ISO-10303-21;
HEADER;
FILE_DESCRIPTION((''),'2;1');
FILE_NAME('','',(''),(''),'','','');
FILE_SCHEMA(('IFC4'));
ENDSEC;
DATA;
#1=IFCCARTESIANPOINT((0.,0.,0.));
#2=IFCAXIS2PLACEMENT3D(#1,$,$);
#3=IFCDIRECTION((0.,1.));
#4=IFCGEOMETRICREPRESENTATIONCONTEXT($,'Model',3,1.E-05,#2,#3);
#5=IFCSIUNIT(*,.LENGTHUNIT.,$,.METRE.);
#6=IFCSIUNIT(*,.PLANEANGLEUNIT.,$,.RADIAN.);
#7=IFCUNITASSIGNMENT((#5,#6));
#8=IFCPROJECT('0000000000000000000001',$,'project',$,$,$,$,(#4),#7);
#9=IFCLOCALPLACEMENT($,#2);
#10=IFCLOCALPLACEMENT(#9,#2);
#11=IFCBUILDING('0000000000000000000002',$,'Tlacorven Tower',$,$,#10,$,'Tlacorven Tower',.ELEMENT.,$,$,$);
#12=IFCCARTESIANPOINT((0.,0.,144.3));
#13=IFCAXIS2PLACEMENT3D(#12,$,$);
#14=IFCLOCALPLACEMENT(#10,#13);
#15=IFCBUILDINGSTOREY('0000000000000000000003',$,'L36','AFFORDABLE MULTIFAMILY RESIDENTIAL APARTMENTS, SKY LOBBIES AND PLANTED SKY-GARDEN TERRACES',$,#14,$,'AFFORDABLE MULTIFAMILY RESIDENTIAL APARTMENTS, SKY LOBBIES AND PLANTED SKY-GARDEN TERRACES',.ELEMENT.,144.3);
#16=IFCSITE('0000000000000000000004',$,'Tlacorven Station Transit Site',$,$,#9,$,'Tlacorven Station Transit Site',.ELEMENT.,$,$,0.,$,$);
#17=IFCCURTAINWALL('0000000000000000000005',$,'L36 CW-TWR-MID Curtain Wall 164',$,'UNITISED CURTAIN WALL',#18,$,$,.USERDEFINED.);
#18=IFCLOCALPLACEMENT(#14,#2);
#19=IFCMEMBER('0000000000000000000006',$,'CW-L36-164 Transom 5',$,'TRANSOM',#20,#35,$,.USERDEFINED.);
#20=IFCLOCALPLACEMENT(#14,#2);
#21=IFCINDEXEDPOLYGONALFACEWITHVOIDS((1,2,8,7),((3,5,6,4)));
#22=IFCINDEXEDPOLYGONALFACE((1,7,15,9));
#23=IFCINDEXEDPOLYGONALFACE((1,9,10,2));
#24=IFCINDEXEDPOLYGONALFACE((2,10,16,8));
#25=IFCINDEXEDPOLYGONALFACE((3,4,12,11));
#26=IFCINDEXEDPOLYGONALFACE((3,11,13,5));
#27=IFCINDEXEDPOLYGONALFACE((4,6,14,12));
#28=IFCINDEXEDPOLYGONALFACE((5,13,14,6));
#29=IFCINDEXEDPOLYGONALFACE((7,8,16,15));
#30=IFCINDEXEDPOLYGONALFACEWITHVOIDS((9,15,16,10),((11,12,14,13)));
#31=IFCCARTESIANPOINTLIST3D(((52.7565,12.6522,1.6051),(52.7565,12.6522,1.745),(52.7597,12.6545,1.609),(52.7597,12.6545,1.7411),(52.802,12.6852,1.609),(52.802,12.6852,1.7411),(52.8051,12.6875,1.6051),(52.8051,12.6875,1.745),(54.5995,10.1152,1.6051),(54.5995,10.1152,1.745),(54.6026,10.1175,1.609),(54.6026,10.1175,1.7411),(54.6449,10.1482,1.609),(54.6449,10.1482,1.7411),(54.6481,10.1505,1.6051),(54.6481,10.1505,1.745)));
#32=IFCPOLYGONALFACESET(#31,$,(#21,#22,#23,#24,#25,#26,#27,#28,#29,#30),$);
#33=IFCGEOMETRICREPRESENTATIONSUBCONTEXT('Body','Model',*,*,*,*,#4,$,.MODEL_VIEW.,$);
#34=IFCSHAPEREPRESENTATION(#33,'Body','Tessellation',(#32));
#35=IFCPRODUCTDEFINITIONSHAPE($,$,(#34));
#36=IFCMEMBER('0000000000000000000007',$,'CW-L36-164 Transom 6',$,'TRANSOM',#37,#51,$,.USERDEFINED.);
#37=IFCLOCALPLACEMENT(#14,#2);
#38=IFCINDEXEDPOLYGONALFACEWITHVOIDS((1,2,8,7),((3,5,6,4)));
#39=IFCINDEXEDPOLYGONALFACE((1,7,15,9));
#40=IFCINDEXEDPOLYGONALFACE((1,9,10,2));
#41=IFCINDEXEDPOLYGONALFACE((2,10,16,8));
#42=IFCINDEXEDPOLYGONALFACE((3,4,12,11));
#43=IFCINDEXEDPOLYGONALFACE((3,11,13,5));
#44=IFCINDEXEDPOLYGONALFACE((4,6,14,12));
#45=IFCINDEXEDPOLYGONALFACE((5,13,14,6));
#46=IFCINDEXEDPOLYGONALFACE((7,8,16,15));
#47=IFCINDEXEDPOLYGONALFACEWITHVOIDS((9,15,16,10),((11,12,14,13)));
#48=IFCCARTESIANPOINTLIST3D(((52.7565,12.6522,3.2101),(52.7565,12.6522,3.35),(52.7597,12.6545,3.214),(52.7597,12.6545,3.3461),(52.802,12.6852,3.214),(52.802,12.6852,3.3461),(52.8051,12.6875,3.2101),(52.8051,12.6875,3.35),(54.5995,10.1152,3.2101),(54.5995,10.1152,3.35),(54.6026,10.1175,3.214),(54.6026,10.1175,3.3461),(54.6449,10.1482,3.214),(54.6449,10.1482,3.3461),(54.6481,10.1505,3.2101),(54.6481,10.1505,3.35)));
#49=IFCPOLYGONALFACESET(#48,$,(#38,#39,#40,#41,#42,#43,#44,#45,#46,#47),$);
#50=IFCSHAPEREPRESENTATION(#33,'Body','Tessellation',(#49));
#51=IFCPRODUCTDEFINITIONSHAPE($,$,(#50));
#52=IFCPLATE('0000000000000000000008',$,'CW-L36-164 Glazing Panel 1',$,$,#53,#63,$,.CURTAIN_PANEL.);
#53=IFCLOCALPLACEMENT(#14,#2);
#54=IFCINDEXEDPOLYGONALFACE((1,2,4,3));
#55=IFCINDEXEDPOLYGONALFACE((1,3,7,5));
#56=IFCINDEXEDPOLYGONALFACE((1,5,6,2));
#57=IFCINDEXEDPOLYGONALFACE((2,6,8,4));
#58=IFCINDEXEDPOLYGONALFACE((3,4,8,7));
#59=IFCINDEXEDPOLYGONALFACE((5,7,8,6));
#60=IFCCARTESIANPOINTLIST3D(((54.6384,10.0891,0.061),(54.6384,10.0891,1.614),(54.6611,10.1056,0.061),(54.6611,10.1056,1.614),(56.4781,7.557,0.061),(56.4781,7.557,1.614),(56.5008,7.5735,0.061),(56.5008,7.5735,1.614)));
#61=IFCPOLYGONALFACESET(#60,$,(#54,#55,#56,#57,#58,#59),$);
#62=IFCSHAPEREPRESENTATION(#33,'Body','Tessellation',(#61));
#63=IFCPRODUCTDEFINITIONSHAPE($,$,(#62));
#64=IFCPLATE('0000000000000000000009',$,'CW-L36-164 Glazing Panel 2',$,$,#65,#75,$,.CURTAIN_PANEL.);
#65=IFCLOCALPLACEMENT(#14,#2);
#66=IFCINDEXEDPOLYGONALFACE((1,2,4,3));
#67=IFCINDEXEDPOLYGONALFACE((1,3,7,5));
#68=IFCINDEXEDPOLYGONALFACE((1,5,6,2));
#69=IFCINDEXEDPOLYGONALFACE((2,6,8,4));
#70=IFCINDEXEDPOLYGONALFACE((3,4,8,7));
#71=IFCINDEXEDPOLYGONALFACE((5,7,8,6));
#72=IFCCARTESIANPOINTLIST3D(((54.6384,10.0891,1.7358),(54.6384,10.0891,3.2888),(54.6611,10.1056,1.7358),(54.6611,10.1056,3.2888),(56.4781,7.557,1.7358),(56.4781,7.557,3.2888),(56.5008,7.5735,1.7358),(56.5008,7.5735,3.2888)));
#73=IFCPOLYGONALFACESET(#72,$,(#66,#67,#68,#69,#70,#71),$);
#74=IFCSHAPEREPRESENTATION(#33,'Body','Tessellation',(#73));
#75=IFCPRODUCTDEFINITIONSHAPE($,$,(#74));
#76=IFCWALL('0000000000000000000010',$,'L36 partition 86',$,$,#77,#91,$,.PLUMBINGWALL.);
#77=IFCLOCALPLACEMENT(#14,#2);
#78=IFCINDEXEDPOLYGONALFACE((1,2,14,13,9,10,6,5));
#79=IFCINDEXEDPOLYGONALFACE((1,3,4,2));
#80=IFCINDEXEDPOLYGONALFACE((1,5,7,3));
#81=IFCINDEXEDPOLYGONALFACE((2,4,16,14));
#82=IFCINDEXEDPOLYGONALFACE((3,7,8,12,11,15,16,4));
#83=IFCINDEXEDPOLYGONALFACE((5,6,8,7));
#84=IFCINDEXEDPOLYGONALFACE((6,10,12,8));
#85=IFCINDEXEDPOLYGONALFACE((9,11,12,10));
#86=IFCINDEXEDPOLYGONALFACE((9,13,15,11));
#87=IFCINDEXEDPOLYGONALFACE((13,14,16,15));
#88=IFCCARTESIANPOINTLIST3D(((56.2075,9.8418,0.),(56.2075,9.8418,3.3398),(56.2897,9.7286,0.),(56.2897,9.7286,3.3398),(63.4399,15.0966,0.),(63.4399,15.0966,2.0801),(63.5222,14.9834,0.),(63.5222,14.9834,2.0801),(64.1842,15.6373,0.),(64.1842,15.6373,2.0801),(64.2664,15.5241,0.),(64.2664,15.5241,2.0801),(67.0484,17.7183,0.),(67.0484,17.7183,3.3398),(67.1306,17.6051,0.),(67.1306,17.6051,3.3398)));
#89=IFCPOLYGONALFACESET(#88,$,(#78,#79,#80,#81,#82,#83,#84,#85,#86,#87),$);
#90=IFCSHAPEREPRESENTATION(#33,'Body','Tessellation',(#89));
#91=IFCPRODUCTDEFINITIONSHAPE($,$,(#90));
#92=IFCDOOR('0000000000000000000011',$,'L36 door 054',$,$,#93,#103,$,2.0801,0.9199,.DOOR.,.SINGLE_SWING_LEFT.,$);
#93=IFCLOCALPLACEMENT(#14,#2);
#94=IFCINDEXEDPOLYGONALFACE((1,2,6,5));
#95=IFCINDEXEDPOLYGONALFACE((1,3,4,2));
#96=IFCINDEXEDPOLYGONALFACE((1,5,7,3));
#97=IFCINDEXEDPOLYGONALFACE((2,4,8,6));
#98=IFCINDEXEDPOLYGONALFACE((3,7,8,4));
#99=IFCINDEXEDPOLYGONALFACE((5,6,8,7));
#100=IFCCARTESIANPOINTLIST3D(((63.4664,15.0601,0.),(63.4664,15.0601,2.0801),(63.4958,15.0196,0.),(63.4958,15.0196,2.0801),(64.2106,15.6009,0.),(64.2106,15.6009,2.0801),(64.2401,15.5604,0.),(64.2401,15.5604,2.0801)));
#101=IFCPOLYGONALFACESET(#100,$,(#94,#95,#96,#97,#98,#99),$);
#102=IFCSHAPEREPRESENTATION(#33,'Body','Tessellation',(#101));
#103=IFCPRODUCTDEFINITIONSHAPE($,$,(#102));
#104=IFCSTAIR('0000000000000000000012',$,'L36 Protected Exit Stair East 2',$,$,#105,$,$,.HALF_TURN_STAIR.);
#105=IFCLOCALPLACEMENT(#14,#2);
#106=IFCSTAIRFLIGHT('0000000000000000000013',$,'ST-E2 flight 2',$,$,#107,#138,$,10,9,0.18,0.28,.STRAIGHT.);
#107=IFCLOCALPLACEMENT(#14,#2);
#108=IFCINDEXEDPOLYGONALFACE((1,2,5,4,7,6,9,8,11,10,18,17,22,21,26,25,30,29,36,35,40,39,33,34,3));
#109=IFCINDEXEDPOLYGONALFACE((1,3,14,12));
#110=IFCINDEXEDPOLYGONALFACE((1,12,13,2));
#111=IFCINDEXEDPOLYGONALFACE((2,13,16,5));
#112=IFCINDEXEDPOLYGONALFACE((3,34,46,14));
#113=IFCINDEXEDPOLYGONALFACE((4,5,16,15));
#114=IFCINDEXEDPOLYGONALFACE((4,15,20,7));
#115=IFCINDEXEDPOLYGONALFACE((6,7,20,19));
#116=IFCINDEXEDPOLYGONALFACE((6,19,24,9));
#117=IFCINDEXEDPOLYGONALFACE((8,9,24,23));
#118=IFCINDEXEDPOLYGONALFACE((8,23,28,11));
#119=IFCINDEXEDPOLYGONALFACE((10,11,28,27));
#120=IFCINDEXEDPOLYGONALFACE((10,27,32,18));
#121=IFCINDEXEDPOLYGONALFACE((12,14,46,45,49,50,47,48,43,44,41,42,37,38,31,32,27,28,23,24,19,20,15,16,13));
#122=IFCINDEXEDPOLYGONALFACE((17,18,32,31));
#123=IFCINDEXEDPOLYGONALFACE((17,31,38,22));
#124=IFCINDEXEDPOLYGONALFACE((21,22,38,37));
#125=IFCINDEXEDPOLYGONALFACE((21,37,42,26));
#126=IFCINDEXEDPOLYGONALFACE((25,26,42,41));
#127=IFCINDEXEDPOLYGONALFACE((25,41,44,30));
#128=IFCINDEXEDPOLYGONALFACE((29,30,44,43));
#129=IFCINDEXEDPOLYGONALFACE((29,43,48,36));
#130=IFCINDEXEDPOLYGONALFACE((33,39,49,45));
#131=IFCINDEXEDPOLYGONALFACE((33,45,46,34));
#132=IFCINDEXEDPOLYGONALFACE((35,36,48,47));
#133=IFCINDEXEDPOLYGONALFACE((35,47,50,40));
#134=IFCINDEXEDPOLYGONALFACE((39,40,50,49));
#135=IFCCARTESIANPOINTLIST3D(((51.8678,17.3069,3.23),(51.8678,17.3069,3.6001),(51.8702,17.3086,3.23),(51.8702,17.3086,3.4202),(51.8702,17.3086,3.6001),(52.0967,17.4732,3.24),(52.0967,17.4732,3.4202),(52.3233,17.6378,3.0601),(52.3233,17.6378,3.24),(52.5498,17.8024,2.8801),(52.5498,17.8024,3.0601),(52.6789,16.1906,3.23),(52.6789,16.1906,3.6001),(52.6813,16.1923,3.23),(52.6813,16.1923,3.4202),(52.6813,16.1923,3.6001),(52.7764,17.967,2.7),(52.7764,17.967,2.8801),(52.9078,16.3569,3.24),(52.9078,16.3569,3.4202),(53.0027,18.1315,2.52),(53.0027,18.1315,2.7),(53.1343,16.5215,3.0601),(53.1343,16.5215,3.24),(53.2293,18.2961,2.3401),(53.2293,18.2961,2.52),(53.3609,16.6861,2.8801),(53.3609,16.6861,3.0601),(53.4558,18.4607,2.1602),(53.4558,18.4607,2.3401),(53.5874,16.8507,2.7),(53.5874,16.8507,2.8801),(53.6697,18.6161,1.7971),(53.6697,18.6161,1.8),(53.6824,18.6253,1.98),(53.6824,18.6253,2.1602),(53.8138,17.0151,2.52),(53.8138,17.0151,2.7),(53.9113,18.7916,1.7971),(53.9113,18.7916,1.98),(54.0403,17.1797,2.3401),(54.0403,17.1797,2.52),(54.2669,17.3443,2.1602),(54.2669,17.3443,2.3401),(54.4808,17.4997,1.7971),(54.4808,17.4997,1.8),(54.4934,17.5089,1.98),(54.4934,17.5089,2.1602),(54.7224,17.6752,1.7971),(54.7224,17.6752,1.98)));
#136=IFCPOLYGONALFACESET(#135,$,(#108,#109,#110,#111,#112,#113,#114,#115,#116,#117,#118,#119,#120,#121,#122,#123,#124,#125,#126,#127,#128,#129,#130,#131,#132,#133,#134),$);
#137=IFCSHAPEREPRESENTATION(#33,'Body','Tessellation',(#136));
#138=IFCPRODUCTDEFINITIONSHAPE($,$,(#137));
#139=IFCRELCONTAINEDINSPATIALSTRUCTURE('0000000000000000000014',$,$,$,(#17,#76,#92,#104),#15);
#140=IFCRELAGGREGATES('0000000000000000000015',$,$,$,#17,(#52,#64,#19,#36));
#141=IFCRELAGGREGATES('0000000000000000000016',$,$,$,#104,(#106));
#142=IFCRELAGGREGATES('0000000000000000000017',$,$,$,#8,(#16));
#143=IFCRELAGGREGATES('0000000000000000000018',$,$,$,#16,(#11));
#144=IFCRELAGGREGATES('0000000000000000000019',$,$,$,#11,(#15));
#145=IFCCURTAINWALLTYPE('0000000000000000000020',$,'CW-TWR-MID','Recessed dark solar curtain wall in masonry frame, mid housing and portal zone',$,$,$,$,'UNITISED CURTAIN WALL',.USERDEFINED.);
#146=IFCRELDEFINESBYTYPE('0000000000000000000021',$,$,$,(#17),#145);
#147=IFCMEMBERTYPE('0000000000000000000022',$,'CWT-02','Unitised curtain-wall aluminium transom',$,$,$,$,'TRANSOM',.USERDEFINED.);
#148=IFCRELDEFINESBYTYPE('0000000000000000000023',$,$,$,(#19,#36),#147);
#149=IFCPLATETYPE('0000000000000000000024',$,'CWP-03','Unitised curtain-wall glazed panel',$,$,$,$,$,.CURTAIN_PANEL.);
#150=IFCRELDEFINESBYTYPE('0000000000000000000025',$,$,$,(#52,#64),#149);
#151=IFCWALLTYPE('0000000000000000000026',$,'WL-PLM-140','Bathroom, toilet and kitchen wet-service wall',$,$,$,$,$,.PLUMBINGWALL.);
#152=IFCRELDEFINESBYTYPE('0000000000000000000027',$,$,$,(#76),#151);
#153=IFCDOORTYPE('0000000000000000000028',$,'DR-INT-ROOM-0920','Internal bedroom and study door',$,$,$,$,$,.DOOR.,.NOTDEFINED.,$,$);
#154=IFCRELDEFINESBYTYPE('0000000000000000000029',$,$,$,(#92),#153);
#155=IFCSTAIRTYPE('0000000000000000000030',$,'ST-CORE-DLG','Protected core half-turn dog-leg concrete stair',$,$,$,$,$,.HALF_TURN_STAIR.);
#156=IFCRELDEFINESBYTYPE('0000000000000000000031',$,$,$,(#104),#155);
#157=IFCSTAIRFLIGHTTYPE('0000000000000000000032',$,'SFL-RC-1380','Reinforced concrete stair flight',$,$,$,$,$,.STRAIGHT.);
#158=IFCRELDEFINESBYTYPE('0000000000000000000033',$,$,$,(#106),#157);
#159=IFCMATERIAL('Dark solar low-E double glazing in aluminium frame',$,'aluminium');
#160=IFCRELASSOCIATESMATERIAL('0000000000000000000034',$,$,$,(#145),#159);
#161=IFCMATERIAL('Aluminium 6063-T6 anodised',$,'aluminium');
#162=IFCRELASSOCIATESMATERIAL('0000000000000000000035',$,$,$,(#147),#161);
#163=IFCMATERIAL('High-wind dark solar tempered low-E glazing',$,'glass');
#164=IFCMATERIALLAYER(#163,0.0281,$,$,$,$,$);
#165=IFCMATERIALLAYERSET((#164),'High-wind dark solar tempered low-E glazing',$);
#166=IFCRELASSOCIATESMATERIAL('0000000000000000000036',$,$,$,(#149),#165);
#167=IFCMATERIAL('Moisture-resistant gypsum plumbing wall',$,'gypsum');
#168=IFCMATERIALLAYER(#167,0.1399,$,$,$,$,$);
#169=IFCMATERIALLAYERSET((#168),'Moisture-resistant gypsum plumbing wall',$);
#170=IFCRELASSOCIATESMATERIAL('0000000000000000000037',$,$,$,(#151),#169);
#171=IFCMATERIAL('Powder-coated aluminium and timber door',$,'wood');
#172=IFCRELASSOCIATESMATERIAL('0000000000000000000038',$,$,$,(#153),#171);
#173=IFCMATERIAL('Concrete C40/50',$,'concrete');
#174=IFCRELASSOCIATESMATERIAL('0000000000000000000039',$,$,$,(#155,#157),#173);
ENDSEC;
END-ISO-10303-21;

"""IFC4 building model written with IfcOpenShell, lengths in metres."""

from ifc_helpers import new_model, si_unit, direction, frame, frame_2d, origin, origin_2d, place, context, subcontext, project, spatial, polyline, rectangle, hollow_rectangle, outline, extrude, source, transform, mapped, material, layer, layer_set, material_profile, profile_set, type_object, element, fill, aggregate, save


model = new_model("IFC4")

# Units and contexts
model_context = context("Model", 3, precision=1e-05, world=origin(), true_north=direction((0.0, 1.0)))
body_context = subcontext(model_context, "Body", "Model", "MODEL_VIEW")
ifc_project = project(units=[si_unit("LENGTHUNIT", "METRE"), si_unit("PLANEANGLEUNIT", "RADIAN")], contexts=[model_context])

# Site, building, storey
site_placement = place(None, origin())
site = spatial("IfcSite", under=ifc_project, at=site_placement, Name="Tlacorven Station Transit Site", LongName="Tlacorven Station Transit Site", CompositionType="ELEMENT", RefElevation=0.0)
building_placement = place(site_placement, origin())
building = spatial("IfcBuilding", under=site, at=building_placement, Name="Tlacorven Tower", LongName="Tlacorven Tower", CompositionType="ELEMENT")
storey_placement = place(building_placement, frame((0.0, 0.0, 144.3)))
storey = spatial("IfcBuildingStorey", under=building, at=storey_placement, Name="L36", Description="AFFORDABLE MULTIFAMILY RESIDENTIAL APARTMENTS, SKY LOBBIES AND PLANTED SKY-GARDEN TERRACES", LongName="AFFORDABLE MULTIFAMILY RESIDENTIAL APARTMENTS, SKY LOBBIES AND PLANTED SKY-GARDEN TERRACES", CompositionType="ELEMENT", Elevation=144.3)

# Curtain wall, members, plates
ifc_material_1 = material(Name="Dark solar low-E double glazing in aluminium frame", Category="aluminium")
curtain_wall_type = type_object("IfcCurtainWallType", Name="CW-TWR-MID", Description="Recessed dark solar curtain wall in masonry frame, mid housing and portal zone", ElementType="UNITISED CURTAIN WALL", PredefinedType="USERDEFINED", material=ifc_material_1)
curtain_wall_placement = place(storey_placement, origin())
curtain_wall = element("IfcCurtainWall", 1, at=curtain_wall_placement, inside=storey, type_object=curtain_wall_type, Name="L36 CW-TWR-MID Curtain Wall 164", ObjectType="UNITISED CURTAIN WALL", PredefinedType="USERDEFINED")
ifc_material_2 = material(Name="Aluminium 6063-T6 anodised", Category="aluminium")
ifc_material_profile_1 = material_profile(ifc_material_2, hollow_rectangle(XDim=0.0601, YDim=0.1399, WallThickness=0.0039, at=origin_2d()), Name="ALU TRANSOM 60X140")
ifc_profile_set_1 = profile_set([ifc_material_profile_1], Name="Aluminium 6063-T6 anodised")
member_type_1 = type_object("IfcMemberType", Name="CWT-02", Description="Unitised curtain-wall aluminium transom", ElementType="TRANSOM", PredefinedType="USERDEFINED", material=ifc_profile_set_1)
shared_shape_1 = source(origin(), body_context, "Body", "SweptSolid", [
    extrude(hollow_rectangle(XDim=0.0601, YDim=0.1399, WallThickness=0.0039, at=origin_2d()), origin(), (0.0, 0.0, 1.0), 3.1357),
])
member_1_placement = place(storey_placement, frame((54.6238, 10.1328, 1.675), z_axis=(-0.587723, 0.809063, 0.0), x_axis=(-0.809063, -0.587723, 0.0)))
member_1 = element("IfcMember", 2, at=member_1_placement, type_object=member_type_1, Name="CW-L36-164 Transom 5", ObjectType="TRANSOM", PredefinedType="USERDEFINED", context=body_context, shape_type="MappedRepresentation", body=[
    mapped(shared_shape_1, transform((0.0, 0.0, 0.0), scale=1.0)),
])
member_2_placement = place(storey_placement, frame((54.6238, 10.1328, 3.28), z_axis=(-0.587723, 0.809063, 0.0), x_axis=(-0.809063, -0.587723, 0.0)))
member_2 = element("IfcMember", 3, at=member_2_placement, type_object=member_type_1, Name="CW-L36-164 Transom 6", ObjectType="TRANSOM", PredefinedType="USERDEFINED", context=body_context, shape_type="MappedRepresentation", body=[
    mapped(shared_shape_1, transform((0.0, 0.0, 0.0), scale=1.0)),
])
ifc_material_3 = material(Name="High-wind dark solar tempered low-E glazing", Category="glass")
ifc_layer_1 = layer(ifc_material_3, 0.0281)
ifc_layer_set_1 = layer_set([ifc_layer_1], Name="High-wind dark solar tempered low-E glazing")
plate_type = type_object("IfcPlateType", Name="CWP-03", Description="Unitised curtain-wall glazed panel", PredefinedType="CURTAIN_PANEL", material=ifc_layer_set_1)
shared_shape_2 = source(origin(), body_context, "Body", "SweptSolid", [
    extrude(rectangle(XDim=3.1299, YDim=0.0281, at=origin_2d()), origin(), (0.0, 0.0, 1.0), 1.553),
])
plate_1_placement = place(storey_placement, frame((55.5696, 8.8313, 0.061), z_axis=(0.0, 0.0, 1.0), x_axis=(-0.587785, 0.809017, 0.0)))
plate_1 = element("IfcPlate", 4, at=plate_1_placement, type_object=plate_type, Name="CW-L36-164 Glazing Panel 1", PredefinedType="CURTAIN_PANEL", context=body_context, shape_type="MappedRepresentation", body=[
    mapped(shared_shape_2, transform((0.0, 0.0, 0.0), scale=1.0)),
])
plate_2_placement = place(storey_placement, frame((55.5696, 8.8313, 1.7358), z_axis=(0.0, 0.0, 1.0), x_axis=(-0.587785, 0.809017, 0.0)))
plate_2 = element("IfcPlate", 5, at=plate_2_placement, type_object=plate_type, Name="CW-L36-164 Glazing Panel 2", PredefinedType="CURTAIN_PANEL", context=body_context, shape_type="MappedRepresentation", body=[
    mapped(shared_shape_2, transform((0.0, 0.0, 0.0), scale=1.0)),
])
aggregate(curtain_wall, [plate_1, plate_2, member_1, member_2])

# Wall, opening, door
ifc_material_4 = material(Name="Moisture-resistant gypsum plumbing wall", Category="gypsum")
ifc_layer_2 = layer(ifc_material_4, 0.1399)
ifc_layer_set_2 = layer_set([ifc_layer_2], Name="Moisture-resistant gypsum plumbing wall")
wall_type = type_object("IfcWallType", Name="WL-PLM-140", Description="Bathroom, toilet and kitchen wet-service wall", PredefinedType="PLUMBINGWALL", material=ifc_layer_set_2)
wall_placement = place(storey_placement, frame((56.2485, 9.7852, 0.0), z_axis=(0.0, 0.0, 1.0), x_axis=(0.809012, 0.587792, 0.0)))
wall = element("IfcWall", 6, at=wall_placement, inside=storey, type_object=wall_type, Name="L36 partition 86", PredefinedType="PLUMBINGWALL", context=body_context, shape_type="SweptSolid", body=[
    extrude(rectangle(XDim=13.4001, YDim=0.1399, at=frame_2d((6.7002, 0.0))), origin(), (0.0, 0.0, 1.0), 3.3398),
])
opening_placement = place(wall_placement, frame((8.9399, 0.0, 0.0)))
opening = element("IfcOpeningElement", 7, at=opening_placement, cuts=wall, PredefinedType="OPENING", context=body_context, shape_type="SweptSolid", body=[
    extrude(rectangle(XDim=0.9199, YDim=2.0801, at=frame_2d((0.46, 1.04))), frame((0.0, 0.0801, 0.0), z_axis=(0.0, -1.0, 0.0), x_axis=(1.0, 0.0, 0.0)), (0.0, 0.0, 1.0), 0.1599),
])
ifc_material_5 = material(Name="Powder-coated aluminium and timber door", Category="wood")
door_type = type_object("IfcDoorType", Name="DR-INT-ROOM-0920", Description="Internal bedroom and study door", OperationType="NOTDEFINED", PredefinedType="DOOR", material=ifc_material_5)
shared_shape_3 = source(origin(), body_context, "Body", "SweptSolid", [
    extrude(rectangle(XDim=0.9199, YDim=2.0801, at=frame_2d((0.46, 1.04))), frame((0.0, 0.0249, 0.0), z_axis=(0.0, -1.0, 0.0), x_axis=(1.0, 0.0, 0.0)), (0.0, 0.0, 1.0), 0.05),
])
door_placement = place(opening_placement, origin())
door = element("IfcDoor", 8, at=door_placement, inside=storey, type_object=door_type, Name="L36 door 054", OperationType="SINGLE_SWING_LEFT", OverallHeight=2.0801, OverallWidth=0.9199, PredefinedType="DOOR", context=body_context, shape_type="MappedRepresentation", body=[
    mapped(shared_shape_3, transform((0.0, 0.0, 0.0), scale=1.0)),
])
fill(opening, door)

# Stair, stair flight
ifc_material_6 = material(Name="Concrete C40/50", Category="concrete")
stair_type = type_object("IfcStairType", Name="ST-CORE-DLG", Description="Protected core half-turn dog-leg concrete stair", PredefinedType="HALF_TURN_STAIR", material=ifc_material_6)
stair_placement = place(storey_placement, origin())
stair = element("IfcStair", 9, at=stair_placement, inside=storey, type_object=stair_type, Name="L36 Protected Exit Stair East 2", PredefinedType="HALF_TURN_STAIR")
stair_flight_type = type_object("IfcStairFlightType", Name="SFL-RC-1380", Description="Reinforced concrete stair flight", PredefinedType="STRAIGHT", material=ifc_material_6)
shared_shape_4 = source(origin(), body_context, "Body", "SweptSolid", [
    extrude(outline(polyline([(-0.0029, -0.0029), (-0.0029, 0.1799), (0.28, 0.1799), (0.28, 0.3601), (0.5601, 0.3601), (0.5601, 0.54), (0.8401, 0.54), (0.8401, 0.72), (1.1201, 0.72), (1.1201, 0.8999), (1.3999, 0.8999), (1.3999, 1.0801), (1.6799, 1.0801), (1.6799, 1.26), (1.96, 1.26), (1.96, 1.4399), (2.24, 1.4399), (2.24, 1.6201), (2.52, 1.6201), (2.52, 1.8), (2.5229, 1.8), (2.5229, 1.4299), (2.52, 1.4299), (0.2957, 0.0), (0.2957, -0.0029), (-0.0029, -0.0029)])), frame((0.0, 0.6899, 0.0), z_axis=(0.0, -1.0, 0.0), x_axis=(1.0, 0.0, 0.0)), (0.0, 0.0, 1.0), 1.3799),
])
stair_flight_placement = place(storey_placement, frame((54.3145, 18.2317, 1.8), z_axis=(0.0, 0.0, 1.0), x_axis=(-0.809017, -0.587785, 0.0)))
stair_flight = element("IfcStairFlight", 10, at=stair_flight_placement, type_object=stair_flight_type, Name="ST-E2 flight 2", NumberOfRisers=10, NumberOfTreads=9, PredefinedType="STRAIGHT", RiserHeight=0.18, TreadLength=0.28, context=body_context, shape_type="MappedRepresentation", body=[
    mapped(shared_shape_4, transform((0.0, 0.0, 0.0), scale=1.0)),
])
aggregate(stair, [stair_flight])

save(model, "model.ifc")
